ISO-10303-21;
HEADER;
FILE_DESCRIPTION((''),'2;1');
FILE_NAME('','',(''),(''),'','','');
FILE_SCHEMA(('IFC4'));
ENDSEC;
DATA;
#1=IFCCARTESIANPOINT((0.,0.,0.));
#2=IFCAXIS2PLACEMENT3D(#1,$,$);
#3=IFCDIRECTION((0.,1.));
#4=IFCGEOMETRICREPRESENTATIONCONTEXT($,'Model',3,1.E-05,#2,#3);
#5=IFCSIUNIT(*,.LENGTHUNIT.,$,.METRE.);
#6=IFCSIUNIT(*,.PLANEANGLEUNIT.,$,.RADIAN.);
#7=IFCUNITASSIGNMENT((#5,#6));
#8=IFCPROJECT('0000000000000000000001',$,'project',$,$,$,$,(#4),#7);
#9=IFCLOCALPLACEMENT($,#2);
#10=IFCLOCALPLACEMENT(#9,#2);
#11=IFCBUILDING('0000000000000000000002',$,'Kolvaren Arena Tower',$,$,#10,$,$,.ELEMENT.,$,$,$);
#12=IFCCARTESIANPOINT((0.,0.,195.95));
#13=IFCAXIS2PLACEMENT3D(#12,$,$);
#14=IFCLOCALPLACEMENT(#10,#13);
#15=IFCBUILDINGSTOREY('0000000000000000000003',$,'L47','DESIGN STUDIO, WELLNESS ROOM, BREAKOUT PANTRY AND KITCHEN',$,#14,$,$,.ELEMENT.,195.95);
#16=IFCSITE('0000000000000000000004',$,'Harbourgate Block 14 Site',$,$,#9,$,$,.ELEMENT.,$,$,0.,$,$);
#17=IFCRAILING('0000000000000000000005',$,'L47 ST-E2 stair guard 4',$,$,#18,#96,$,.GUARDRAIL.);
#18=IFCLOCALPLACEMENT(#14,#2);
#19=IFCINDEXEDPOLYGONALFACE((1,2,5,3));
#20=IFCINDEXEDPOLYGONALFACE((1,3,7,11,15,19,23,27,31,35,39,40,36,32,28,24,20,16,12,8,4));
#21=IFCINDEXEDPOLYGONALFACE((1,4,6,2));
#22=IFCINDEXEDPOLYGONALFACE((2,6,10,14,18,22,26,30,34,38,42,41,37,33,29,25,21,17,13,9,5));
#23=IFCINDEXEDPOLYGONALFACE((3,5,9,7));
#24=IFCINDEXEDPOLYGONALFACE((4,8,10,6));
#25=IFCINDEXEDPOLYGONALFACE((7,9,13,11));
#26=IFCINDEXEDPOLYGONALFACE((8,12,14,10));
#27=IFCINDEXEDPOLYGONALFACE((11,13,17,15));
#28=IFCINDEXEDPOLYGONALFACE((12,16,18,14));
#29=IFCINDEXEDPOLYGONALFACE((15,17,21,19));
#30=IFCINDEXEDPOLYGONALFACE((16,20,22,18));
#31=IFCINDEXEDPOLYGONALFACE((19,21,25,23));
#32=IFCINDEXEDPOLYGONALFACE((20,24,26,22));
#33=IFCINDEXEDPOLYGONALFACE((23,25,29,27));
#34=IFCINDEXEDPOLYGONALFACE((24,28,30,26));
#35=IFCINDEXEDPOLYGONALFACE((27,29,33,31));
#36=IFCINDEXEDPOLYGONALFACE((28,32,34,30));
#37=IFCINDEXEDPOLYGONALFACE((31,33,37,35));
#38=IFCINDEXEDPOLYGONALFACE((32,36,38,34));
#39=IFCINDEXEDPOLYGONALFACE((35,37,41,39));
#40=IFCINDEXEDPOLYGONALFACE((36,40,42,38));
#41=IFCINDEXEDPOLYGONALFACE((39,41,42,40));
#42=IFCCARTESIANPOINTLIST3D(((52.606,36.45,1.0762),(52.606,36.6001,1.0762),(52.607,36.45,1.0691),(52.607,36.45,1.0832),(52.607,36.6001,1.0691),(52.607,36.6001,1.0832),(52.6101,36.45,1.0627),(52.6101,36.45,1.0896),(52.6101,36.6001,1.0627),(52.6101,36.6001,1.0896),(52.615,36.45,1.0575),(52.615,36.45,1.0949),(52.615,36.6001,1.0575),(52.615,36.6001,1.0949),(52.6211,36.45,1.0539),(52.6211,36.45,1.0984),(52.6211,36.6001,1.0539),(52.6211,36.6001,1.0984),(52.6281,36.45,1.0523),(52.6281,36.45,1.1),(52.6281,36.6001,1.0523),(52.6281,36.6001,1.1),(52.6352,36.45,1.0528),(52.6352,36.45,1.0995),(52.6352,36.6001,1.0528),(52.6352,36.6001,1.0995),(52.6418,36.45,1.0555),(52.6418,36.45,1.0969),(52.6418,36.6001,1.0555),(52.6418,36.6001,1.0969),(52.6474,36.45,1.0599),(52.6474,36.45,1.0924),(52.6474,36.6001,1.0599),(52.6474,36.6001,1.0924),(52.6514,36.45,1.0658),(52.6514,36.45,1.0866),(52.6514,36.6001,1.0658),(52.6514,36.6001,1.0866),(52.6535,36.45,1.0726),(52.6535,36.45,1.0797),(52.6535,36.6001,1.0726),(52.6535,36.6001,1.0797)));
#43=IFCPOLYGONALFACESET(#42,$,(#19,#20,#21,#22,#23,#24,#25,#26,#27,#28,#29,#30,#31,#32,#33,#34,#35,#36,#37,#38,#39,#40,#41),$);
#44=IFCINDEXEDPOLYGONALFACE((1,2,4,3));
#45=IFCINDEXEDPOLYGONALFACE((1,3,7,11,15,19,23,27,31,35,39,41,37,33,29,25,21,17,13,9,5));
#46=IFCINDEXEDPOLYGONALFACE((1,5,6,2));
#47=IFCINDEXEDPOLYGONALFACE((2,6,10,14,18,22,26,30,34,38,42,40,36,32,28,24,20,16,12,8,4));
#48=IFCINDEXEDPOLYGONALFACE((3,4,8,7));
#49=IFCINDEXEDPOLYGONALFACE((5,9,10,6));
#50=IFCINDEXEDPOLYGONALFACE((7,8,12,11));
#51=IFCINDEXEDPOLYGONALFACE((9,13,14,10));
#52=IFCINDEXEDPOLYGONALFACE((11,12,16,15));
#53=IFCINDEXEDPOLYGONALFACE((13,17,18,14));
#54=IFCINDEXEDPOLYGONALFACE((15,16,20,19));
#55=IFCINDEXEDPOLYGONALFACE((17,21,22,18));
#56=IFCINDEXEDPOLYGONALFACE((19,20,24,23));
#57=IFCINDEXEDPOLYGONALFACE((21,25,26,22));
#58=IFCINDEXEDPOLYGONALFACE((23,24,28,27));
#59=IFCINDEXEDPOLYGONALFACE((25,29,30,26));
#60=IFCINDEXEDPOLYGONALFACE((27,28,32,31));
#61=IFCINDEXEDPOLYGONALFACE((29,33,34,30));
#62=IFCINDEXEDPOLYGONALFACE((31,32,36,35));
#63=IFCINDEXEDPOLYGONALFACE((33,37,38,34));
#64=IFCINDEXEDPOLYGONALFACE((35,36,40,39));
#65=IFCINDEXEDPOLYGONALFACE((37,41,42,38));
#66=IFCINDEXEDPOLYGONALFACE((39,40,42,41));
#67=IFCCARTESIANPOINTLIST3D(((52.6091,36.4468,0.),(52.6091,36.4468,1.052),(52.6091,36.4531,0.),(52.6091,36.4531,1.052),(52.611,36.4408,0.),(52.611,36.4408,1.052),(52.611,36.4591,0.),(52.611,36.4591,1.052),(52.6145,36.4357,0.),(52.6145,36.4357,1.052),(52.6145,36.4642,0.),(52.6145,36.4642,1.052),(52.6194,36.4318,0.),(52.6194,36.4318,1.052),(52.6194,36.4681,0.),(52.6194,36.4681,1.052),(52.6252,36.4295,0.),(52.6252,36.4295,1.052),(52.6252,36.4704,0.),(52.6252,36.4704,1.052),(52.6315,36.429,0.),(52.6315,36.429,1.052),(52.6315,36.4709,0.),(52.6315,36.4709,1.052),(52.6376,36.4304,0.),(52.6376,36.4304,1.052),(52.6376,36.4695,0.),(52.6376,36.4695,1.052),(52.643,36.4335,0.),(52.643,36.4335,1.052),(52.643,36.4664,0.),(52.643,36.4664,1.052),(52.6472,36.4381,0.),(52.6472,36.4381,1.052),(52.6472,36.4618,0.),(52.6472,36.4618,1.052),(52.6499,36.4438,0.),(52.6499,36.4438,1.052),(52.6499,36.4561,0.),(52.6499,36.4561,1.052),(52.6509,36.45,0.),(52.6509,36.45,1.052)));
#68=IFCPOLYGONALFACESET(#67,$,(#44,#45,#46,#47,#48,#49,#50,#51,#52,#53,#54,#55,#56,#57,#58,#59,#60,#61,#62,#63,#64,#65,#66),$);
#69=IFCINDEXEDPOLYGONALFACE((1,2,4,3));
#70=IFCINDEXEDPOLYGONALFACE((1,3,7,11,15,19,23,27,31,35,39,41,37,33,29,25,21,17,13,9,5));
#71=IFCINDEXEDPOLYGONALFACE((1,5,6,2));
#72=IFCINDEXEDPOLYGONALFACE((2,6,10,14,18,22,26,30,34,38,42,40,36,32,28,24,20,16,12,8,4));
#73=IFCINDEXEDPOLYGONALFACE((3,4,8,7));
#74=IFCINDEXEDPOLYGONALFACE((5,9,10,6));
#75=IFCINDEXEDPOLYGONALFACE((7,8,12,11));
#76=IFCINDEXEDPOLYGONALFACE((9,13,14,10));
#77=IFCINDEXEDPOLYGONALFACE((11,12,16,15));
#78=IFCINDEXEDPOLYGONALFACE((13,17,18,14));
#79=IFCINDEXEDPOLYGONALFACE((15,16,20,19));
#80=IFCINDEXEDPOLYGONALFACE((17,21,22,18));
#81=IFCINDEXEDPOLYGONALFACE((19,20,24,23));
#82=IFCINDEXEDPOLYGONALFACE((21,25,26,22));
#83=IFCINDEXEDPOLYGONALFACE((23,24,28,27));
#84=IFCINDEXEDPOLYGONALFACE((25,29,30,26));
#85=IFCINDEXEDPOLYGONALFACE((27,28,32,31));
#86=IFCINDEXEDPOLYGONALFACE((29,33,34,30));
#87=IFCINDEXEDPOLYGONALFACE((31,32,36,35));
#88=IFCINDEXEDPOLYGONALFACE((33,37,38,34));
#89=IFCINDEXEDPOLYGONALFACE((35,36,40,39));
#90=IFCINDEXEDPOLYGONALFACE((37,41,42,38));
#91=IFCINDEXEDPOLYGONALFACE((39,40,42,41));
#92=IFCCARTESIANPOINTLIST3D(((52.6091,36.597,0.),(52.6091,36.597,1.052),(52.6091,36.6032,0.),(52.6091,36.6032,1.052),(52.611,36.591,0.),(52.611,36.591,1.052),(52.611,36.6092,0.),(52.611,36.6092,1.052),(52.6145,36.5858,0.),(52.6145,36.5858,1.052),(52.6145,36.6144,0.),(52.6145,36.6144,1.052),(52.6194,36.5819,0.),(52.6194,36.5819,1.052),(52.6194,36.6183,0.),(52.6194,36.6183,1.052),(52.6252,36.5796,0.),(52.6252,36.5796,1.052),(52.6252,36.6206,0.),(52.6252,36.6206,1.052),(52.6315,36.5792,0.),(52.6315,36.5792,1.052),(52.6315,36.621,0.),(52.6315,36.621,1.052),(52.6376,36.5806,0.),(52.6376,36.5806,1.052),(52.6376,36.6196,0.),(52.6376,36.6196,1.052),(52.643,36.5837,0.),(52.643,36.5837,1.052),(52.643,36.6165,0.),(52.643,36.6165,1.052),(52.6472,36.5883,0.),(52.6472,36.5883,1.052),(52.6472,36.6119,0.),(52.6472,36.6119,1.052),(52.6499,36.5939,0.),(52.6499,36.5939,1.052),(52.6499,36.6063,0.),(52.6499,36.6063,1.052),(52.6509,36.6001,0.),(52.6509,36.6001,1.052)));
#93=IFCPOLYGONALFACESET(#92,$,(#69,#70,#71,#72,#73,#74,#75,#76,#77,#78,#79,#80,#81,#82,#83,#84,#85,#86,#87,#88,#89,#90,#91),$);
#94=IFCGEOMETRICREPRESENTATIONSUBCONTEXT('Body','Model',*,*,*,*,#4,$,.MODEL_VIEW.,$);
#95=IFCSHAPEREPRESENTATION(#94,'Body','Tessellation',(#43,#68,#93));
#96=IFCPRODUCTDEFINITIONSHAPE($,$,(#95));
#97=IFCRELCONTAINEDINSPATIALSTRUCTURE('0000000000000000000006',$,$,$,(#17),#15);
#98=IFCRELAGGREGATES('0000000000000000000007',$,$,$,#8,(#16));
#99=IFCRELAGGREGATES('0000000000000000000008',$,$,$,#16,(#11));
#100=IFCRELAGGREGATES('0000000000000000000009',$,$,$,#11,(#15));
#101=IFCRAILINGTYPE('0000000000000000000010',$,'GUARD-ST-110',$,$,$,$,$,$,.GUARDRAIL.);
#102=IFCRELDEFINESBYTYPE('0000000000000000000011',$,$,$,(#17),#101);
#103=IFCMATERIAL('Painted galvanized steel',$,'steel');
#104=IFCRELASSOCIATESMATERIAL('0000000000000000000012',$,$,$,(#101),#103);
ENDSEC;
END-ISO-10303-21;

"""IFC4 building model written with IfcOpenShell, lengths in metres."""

from ifc_helpers import new_model, si_unit, direction, frame, origin, origin_2d, place, context, subcontext, project, spatial, circle, extrude, material, type_object, element, save


model = new_model("IFC4")

# Units and contexts
model_context = context("Model", 3, precision=1e-05, world=origin(), true_north=direction((0.0, 1.0)))
body_context = subcontext(model_context, "Body", "Model", "MODEL_VIEW")
ifc_project = project(units=[si_unit("LENGTHUNIT", "METRE"), si_unit("PLANEANGLEUNIT", "RADIAN")], contexts=[model_context])

# Site, building, storey
site_placement = place(None, origin())
site = spatial("IfcSite", under=ifc_project, at=site_placement, Name="Harbourgate Block 14 Site", CompositionType="ELEMENT", RefElevation=0.0)
building_placement = place(site_placement, origin())
building = spatial("IfcBuilding", under=site, at=building_placement, Name="Kolvaren Arena Tower", CompositionType="ELEMENT")
storey_placement = place(building_placement, frame((0.0, 0.0, 195.95)))
storey = spatial("IfcBuildingStorey", under=building, at=storey_placement, Name="L47", Description="DESIGN STUDIO, WELLNESS ROOM, BREAKOUT PANTRY AND KITCHEN", CompositionType="ELEMENT", Elevation=195.95)

# Railing
ifc_material_1 = material(Name="Painted galvanized steel", Category="steel")
railing_type_1 = type_object("IfcRailingType", Name="GUARD-ST-110", PredefinedType="GUARDRAIL", material=ifc_material_1)
railing_1_placement = place(storey_placement, frame((52.6299, 36.45, 0.0)))
element("IfcRailing", 1, at=railing_1_placement, inside=storey, type_object=railing_type_1, Name="L47 ST-E2 stair guard 4", PredefinedType="GUARDRAIL", context=body_context, shape_type="SweptSolid", body=[
    extrude(circle(Radius=0.0239, at=origin_2d()), frame((0.0, 0.0, 1.0762), z_axis=(0.0, 1.0, 0.0), x_axis=(-1.0, 0.0, 0.0)), (0.0, 0.0, 1.0), 0.1501),
    extrude(circle(Radius=0.021, at=origin_2d()), origin(), (0.0, 0.0, 1.0), 1.052),
    extrude(circle(Radius=0.021, at=origin_2d()), frame((0.0, 0.1501, 0.0)), (0.0, 0.0, 1.0), 1.052),
])

save(model, "model.ifc")
